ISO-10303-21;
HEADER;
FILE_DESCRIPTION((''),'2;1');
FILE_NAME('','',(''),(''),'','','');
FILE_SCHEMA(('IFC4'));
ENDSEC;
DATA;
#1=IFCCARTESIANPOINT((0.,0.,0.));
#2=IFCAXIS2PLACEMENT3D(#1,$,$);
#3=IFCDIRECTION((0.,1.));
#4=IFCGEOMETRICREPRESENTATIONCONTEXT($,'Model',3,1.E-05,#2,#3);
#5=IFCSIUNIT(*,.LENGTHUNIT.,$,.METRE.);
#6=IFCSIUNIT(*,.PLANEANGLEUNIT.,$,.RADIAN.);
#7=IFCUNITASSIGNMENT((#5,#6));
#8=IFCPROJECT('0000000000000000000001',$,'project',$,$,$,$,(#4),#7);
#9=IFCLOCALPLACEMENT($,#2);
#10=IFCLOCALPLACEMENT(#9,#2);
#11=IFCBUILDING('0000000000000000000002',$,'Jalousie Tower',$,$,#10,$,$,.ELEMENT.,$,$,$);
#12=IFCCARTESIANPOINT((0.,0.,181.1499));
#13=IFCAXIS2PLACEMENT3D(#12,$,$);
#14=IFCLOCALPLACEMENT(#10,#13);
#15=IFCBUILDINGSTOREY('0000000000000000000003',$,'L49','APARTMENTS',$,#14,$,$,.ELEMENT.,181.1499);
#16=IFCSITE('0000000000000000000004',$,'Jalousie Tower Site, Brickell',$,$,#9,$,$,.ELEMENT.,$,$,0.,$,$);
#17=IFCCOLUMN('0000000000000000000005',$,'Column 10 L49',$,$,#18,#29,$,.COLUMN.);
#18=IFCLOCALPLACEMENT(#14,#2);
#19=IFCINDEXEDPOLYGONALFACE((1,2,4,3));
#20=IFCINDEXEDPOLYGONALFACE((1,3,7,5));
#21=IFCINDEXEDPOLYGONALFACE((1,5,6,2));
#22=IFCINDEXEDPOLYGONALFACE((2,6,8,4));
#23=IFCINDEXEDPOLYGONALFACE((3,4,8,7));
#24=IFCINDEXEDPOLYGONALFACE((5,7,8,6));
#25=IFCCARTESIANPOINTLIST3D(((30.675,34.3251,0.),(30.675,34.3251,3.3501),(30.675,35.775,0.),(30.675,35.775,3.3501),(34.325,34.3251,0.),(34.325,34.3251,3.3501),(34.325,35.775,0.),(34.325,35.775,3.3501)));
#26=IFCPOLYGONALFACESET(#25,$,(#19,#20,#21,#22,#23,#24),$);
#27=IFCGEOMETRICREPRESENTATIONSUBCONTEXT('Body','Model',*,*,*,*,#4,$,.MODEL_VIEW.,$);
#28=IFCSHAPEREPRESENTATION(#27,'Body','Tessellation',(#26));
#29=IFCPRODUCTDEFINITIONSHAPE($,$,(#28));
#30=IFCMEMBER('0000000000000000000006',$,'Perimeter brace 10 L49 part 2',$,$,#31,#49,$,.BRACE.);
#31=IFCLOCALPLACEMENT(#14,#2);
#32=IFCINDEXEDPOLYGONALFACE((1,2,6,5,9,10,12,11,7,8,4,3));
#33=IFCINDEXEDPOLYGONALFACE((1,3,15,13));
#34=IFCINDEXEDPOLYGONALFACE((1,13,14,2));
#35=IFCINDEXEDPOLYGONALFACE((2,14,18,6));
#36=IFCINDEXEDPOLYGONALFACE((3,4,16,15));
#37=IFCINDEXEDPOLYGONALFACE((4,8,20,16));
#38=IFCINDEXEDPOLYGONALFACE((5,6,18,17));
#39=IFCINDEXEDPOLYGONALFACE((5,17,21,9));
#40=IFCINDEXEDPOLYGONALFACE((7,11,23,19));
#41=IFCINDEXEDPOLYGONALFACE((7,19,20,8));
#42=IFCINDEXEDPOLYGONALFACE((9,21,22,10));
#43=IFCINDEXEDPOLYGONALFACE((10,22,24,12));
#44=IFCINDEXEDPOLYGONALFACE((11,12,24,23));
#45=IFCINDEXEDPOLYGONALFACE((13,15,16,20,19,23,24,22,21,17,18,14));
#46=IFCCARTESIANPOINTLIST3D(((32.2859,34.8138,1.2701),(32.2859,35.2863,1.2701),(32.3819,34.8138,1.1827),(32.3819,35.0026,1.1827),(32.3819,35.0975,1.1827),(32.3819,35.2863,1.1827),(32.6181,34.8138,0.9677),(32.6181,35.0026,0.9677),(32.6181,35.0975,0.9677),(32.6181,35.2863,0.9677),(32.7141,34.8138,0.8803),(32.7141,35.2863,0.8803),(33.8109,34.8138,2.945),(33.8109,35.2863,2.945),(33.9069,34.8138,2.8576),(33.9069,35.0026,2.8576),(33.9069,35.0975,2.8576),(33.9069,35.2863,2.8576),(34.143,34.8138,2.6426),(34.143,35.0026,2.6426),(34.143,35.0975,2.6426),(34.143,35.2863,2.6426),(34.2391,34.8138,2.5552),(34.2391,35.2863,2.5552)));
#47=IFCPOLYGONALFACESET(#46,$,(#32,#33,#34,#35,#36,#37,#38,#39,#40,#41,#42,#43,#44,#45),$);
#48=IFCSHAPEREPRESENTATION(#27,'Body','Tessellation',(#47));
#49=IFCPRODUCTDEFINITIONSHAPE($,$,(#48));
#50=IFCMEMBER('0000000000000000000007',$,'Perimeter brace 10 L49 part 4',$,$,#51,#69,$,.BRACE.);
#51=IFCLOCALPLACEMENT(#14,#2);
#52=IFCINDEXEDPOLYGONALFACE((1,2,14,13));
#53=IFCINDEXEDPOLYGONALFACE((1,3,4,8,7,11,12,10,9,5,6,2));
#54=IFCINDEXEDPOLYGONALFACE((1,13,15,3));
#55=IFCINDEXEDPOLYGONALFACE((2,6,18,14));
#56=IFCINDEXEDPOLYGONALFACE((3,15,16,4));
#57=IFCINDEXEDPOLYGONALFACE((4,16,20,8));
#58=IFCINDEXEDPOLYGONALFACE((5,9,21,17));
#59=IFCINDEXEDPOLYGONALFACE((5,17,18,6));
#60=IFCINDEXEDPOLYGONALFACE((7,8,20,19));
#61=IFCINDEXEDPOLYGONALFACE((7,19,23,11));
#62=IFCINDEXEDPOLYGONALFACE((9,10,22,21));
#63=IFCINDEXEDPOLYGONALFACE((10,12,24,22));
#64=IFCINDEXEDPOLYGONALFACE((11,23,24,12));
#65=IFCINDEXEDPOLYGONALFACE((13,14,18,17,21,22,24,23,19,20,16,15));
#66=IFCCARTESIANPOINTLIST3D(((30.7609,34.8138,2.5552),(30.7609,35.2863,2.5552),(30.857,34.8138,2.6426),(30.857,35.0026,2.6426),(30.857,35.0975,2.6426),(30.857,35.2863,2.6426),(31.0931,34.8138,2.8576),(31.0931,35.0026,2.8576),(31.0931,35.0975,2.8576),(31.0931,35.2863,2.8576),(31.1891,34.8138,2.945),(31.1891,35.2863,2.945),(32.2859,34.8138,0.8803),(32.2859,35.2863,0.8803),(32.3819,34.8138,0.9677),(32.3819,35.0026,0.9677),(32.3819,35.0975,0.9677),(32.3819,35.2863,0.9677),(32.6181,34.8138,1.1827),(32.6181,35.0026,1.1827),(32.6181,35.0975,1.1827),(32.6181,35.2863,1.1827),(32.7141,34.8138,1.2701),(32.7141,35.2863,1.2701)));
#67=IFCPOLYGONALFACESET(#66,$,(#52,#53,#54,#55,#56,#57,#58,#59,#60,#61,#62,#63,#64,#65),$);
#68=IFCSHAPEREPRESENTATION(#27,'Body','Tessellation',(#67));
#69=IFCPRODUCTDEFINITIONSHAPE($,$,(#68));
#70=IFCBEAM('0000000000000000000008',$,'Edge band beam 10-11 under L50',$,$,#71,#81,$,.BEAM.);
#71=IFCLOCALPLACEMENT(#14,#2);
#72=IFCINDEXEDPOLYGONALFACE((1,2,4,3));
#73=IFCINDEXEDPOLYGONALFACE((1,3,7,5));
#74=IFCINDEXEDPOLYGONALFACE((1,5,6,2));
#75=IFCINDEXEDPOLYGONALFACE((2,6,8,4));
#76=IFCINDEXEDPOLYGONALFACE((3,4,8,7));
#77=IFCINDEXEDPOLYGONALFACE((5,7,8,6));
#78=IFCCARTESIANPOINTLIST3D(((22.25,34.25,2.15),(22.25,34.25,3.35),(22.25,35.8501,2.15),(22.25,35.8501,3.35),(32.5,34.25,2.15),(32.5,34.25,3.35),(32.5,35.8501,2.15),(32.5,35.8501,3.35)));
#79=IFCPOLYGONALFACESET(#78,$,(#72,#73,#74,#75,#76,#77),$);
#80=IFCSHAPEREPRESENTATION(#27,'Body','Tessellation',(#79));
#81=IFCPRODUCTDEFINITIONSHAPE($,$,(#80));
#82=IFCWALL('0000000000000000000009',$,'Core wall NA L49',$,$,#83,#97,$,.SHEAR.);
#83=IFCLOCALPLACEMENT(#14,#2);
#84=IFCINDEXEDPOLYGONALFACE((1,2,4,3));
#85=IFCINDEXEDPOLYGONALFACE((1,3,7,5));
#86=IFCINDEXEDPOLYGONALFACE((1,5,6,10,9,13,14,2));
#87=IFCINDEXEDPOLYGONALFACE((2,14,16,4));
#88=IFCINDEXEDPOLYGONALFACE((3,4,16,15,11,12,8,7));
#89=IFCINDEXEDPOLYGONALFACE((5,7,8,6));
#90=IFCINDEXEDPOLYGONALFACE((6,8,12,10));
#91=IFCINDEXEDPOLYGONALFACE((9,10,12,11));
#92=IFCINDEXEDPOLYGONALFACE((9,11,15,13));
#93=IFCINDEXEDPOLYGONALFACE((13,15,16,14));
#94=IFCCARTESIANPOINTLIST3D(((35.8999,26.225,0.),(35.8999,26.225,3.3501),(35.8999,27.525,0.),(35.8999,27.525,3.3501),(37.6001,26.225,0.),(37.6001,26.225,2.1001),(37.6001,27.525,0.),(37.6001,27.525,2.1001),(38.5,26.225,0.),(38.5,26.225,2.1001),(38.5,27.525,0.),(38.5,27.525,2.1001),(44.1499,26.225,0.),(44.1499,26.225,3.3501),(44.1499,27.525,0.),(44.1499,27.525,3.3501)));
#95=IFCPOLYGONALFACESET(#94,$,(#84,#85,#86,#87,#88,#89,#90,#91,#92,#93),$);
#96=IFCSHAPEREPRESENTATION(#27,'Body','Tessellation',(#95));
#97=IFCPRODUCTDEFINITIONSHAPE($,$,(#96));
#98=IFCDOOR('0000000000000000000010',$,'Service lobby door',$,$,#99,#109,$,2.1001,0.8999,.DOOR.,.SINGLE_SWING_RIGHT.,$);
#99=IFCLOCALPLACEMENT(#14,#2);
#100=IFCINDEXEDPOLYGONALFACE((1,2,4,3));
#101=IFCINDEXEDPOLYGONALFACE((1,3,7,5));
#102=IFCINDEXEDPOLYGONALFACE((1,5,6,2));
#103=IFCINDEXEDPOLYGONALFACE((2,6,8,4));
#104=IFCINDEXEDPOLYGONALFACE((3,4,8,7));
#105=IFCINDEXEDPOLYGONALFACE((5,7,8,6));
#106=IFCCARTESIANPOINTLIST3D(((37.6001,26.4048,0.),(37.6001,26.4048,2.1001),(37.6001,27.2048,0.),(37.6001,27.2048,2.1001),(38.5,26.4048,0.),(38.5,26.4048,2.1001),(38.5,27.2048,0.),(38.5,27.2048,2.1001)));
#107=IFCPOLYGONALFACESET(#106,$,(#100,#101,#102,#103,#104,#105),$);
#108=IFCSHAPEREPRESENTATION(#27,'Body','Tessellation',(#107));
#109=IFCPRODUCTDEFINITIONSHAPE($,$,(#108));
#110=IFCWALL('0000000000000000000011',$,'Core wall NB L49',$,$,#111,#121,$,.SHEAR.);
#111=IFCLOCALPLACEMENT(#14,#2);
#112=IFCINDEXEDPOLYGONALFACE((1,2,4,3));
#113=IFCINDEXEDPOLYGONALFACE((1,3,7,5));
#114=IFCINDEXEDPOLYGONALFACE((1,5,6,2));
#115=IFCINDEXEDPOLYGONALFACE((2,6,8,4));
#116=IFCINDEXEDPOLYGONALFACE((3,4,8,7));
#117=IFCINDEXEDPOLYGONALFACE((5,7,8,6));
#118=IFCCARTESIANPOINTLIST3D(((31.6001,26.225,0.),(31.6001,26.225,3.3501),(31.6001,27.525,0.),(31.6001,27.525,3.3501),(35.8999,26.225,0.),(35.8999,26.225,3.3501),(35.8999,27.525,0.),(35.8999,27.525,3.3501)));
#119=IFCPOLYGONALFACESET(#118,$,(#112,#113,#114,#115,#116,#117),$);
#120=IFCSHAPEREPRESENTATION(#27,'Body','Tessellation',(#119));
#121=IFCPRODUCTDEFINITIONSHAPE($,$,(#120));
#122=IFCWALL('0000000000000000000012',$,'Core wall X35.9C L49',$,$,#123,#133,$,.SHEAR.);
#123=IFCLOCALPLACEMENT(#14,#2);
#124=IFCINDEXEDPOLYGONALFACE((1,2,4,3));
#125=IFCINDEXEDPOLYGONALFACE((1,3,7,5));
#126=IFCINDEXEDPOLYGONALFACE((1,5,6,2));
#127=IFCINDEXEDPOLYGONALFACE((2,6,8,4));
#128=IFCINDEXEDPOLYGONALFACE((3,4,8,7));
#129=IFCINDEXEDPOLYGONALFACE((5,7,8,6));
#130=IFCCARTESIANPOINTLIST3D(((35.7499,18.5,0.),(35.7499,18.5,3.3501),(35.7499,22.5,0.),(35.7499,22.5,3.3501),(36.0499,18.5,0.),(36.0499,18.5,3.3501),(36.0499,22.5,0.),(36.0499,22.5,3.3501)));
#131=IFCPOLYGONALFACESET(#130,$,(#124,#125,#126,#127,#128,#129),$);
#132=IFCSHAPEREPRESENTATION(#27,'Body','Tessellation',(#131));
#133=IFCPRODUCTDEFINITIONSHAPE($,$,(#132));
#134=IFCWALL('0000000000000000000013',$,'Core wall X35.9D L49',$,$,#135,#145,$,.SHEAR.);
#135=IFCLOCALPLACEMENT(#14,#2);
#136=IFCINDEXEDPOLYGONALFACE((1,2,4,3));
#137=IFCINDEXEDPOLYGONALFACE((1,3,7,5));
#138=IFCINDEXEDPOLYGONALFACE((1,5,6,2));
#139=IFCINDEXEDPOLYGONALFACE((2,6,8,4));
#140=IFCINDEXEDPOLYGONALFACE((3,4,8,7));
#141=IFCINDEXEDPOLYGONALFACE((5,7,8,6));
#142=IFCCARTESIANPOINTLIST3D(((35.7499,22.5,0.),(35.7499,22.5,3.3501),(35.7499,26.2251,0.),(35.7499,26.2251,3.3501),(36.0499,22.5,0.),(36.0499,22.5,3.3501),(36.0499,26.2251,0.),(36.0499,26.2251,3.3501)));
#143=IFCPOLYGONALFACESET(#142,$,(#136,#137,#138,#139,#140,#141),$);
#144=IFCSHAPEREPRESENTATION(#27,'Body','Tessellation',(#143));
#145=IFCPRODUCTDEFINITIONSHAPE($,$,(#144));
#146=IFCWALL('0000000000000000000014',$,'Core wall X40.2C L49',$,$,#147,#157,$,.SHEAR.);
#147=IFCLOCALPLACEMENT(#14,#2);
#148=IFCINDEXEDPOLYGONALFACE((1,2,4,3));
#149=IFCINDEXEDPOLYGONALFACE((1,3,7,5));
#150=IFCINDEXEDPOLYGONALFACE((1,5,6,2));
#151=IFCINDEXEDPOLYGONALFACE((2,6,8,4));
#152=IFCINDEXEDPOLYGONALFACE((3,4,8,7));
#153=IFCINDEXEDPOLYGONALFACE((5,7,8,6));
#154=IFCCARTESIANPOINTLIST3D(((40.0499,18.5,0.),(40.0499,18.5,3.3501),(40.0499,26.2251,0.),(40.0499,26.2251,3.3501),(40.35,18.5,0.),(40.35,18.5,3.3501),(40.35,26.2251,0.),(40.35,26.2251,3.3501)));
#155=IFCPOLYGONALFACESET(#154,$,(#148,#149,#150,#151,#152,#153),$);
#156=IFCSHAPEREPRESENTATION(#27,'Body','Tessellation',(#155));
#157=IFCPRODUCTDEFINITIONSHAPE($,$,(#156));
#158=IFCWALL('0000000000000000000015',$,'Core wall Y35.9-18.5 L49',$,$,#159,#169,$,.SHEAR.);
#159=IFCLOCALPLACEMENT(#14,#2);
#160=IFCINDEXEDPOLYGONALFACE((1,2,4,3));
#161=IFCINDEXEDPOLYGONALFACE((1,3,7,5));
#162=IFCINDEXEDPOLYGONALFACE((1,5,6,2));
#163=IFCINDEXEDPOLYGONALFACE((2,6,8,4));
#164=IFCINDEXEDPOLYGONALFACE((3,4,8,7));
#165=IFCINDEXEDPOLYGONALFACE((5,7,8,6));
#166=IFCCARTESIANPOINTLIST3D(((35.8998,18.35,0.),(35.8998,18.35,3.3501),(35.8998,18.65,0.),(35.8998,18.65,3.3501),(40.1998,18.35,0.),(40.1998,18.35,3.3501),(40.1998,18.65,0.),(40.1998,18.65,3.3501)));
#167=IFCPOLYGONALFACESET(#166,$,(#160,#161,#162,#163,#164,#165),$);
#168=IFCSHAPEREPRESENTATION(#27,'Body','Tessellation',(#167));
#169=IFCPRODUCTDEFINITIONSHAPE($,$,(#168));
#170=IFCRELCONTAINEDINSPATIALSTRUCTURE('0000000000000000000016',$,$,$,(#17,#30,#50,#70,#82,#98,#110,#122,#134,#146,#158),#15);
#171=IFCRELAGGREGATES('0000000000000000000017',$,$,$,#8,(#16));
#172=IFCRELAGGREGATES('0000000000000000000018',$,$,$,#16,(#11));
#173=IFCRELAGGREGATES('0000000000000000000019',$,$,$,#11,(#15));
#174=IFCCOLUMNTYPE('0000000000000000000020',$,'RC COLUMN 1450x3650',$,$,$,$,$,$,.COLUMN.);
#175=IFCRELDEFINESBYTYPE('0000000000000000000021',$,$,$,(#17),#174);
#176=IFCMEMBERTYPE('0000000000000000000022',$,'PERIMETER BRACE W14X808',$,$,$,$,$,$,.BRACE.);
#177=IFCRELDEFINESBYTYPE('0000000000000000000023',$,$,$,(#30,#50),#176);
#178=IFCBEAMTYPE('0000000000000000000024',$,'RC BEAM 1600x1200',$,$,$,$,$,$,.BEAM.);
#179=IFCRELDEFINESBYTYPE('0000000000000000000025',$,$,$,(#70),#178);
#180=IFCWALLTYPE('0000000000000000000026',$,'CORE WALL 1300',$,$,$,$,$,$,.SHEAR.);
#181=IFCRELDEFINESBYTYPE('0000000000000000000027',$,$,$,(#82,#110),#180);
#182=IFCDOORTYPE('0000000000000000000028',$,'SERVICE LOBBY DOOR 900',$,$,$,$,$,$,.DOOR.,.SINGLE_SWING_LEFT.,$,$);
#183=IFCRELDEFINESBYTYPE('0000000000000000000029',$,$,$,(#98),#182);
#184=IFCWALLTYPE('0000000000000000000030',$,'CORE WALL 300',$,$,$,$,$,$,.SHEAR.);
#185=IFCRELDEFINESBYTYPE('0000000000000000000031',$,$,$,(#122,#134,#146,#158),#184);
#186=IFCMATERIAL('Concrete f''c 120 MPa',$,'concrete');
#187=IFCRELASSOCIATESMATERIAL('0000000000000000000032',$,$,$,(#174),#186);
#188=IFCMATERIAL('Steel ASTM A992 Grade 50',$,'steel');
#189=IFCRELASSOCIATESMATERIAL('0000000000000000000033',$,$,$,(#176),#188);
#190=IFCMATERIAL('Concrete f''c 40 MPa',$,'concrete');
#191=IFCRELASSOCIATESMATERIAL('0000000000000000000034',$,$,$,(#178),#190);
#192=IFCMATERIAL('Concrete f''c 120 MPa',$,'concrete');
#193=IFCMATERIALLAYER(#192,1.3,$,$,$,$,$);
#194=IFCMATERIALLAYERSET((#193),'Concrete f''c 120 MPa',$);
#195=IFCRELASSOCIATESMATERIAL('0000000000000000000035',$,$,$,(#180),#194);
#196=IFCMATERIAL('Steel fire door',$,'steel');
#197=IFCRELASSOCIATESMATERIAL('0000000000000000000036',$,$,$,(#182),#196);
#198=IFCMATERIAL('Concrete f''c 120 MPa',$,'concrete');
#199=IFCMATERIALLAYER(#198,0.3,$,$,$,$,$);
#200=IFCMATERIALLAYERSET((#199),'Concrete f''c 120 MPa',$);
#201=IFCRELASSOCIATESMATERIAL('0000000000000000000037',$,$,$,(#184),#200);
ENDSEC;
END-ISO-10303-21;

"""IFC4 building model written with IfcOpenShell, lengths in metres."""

from ifc_helpers import new_model, si_unit, direction, frame, frame_2d, origin, origin_2d, place, context, subcontext, project, spatial, rectangle, i_section, extrude, material, layer, layer_set, material_profile, profile_set, type_object, element, fill, save


model = new_model("IFC4")

# Units and contexts
model_context = context("Model", 3, precision=1e-05, world=origin(), true_north=direction((0.0, 1.0)))
body_context = subcontext(model_context, "Body", "Model", "MODEL_VIEW")
ifc_project = project(units=[si_unit("LENGTHUNIT", "METRE"), si_unit("PLANEANGLEUNIT", "RADIAN")], contexts=[model_context])

# Site, building, storey
site_placement = place(None, origin())
site = spatial("IfcSite", under=ifc_project, at=site_placement, Name="Jalousie Tower Site, Brickell", CompositionType="ELEMENT", RefElevation=0.0)
building_placement = place(site_placement, origin())
building = spatial("IfcBuilding", under=site, at=building_placement, Name="Jalousie Tower", CompositionType="ELEMENT")
storey_placement = place(building_placement, frame((0.0, 0.0, 181.1499)))
storey = spatial("IfcBuildingStorey", under=building, at=storey_placement, Name="L49", Description="APARTMENTS", CompositionType="ELEMENT", Elevation=181.1499)

# Column
ifc_material_1 = material(Name="Concrete f'c 120 MPa", Category="concrete")
ifc_material_profile_1 = material_profile(ifc_material_1, rectangle(XDim=1.45, YDim=3.6499, at=origin_2d()), Name="RC 1450x3650")
ifc_profile_set_1 = profile_set([ifc_material_profile_1], Name="Concrete f'c 120 MPa")
column_type = type_object("IfcColumnType", Name="RC COLUMN 1450x3650", PredefinedType="COLUMN", material=ifc_profile_set_1)
column_placement = place(storey_placement, frame((32.5, 35.05, 0.0), z_axis=(0.0, 0.0, 1.0), x_axis=(0.0, 1.0, 0.0)))
element("IfcColumn", 1, at=column_placement, inside=storey, type_object=column_type, Name="Column 10 L49", PredefinedType="COLUMN", context=body_context, shape_type="SweptSolid", body=[
    extrude(rectangle(XDim=1.45, YDim=3.6499, at=origin_2d()), origin(), (0.0, 0.0, 1.0), 3.3501),
])

# Members
ifc_material_2 = material(Name="Steel ASTM A992 Grade 50", Category="steel")
ifc_material_profile_2 = material_profile(ifc_material_2, i_section(OverallWidth=0.4724, OverallDepth=0.5791, WebThickness=0.095, FlangeThickness=0.1299, at=origin_2d()), Name="W14X808")
ifc_profile_set_2 = profile_set([ifc_material_profile_2], Name="Steel ASTM A992 Grade 50")
member_type = type_object("IfcMemberType", Name="PERIMETER BRACE W14X808", PredefinedType="BRACE", material=ifc_profile_set_2)
for number, where, z_axis, x_axis, name in (
    (2, (32.5, 35.05, 1.0752), (0.673241, 0.0, 0.739423), (0.0, 1.0, 0.0), "Perimeter brace 10 L49 part 2"),
    (3, (32.5, 35.05, 1.0752), (-0.673241, 0.0, 0.739423), (0.0, -1.0, 0.0), "Perimeter brace 10 L49 part 4"),
):
    element("IfcMember", number, at=place(storey_placement, frame(where, z_axis=z_axis, x_axis=x_axis)), inside=storey, type_object=member_type, Name=name, PredefinedType="BRACE", context=body_context, shape_type="SweptSolid", body=[
        extrude(i_section(OverallWidth=0.4724, OverallDepth=0.5791, WebThickness=0.095, FlangeThickness=0.1299, at=origin_2d()), origin(), (0.0, 0.0, 1.0), 2.2651),
    ])

# Beam
ifc_material_3 = material(Name="Concrete f'c 40 MPa", Category="concrete")
ifc_material_profile_3 = material_profile(ifc_material_3, rectangle(XDim=1.6001, YDim=1.2, at=origin_2d()), Name="RC 1600x1200")
ifc_profile_set_3 = profile_set([ifc_material_profile_3], Name="Concrete f'c 40 MPa")
beam_type = type_object("IfcBeamType", Name="RC BEAM 1600x1200", PredefinedType="BEAM", material=ifc_profile_set_3)
beam_placement = place(storey_placement, frame((32.5, 35.05, 2.75), z_axis=(-1.0, 0.0, 0.0), x_axis=(0.0, -1.0, 0.0)))
element("IfcBeam", 4, at=beam_placement, inside=storey, type_object=beam_type, Name="Edge band beam 10-11 under L50", PredefinedType="BEAM", context=body_context, shape_type="SweptSolid", body=[
    extrude(rectangle(XDim=1.6001, YDim=1.2, at=origin_2d()), origin(), (0.0, 0.0, 1.0), 10.25),
])

# Wall, opening, door
ifc_material_4 = material(Name="Concrete f'c 120 MPa", Category="concrete")
ifc_layer_1 = layer(ifc_material_4, 1.3)
ifc_layer_set_1 = layer_set([ifc_layer_1], Name="Concrete f'c 120 MPa")
wall_type_1 = type_object("IfcWallType", Name="CORE WALL 1300", PredefinedType="SHEAR", material=ifc_layer_set_1)
wall_1_placement = place(storey_placement, frame((44.1499, 26.875, 0.0), z_axis=(0.0, 0.0, 1.0), x_axis=(-1.0, 0.0, 0.0)))
wall_1 = element("IfcWall", 5, at=wall_1_placement, inside=storey, type_object=wall_type_1, Name="Core wall NA L49", PredefinedType="SHEAR", context=body_context, shape_type="SweptSolid", body=[
    extrude(rectangle(XDim=8.25, YDim=1.3, at=frame_2d((4.125, 0.0))), origin(), (0.0, 0.0, 1.0), 3.3501),
])
opening_1_placement = place(wall_1_placement, frame((5.6499, 0.0, 0.0)))
opening_1 = element("IfcOpeningElement", 6, at=opening_1_placement, cuts=wall_1, PredefinedType="OPENING", context=body_context, shape_type="SweptSolid", body=[
    extrude(rectangle(XDim=0.8999, YDim=2.1001, at=frame_2d((0.45, 1.05))), frame((0.0, 0.6599, 0.0), z_axis=(0.0, -1.0, 0.0), x_axis=(1.0, 0.0, 0.0)), (0.0, 0.0, 1.0), 1.3201),
])
ifc_material_5 = material(Name="Steel fire door", Category="steel")
door_type_1 = type_object("IfcDoorType", Name="SERVICE LOBBY DOOR 900", OperationType="SINGLE_SWING_LEFT", PredefinedType="DOOR", material=ifc_material_5)
door_1_placement = place(opening_1_placement, origin())
door_1 = element("IfcDoor", 7, at=door_1_placement, inside=storey, type_object=door_type_1, Name="Service lobby door", OperationType="SINGLE_SWING_RIGHT", OverallHeight=2.1001, OverallWidth=0.8999, PredefinedType="DOOR", context=body_context, shape_type="SweptSolid", body=[
    extrude(rectangle(XDim=0.8999, YDim=2.1001, at=frame_2d((0.45, 1.05))), frame((0.0, 0.4702, 0.0), z_axis=(0.0, -1.0, 0.0), x_axis=(1.0, 0.0, 0.0)), (0.0, 0.0, 1.0), 0.8),
])
fill(opening_1, door_1)

# Walls
wall_2_placement = place(storey_placement, frame((35.8999, 26.875, 0.0), z_axis=(0.0, 0.0, 1.0), x_axis=(-1.0, 0.0, 0.0)))
element("IfcWall", 8, at=wall_2_placement, inside=storey, type_object=wall_type_1, Name="Core wall NB L49", PredefinedType="SHEAR", context=body_context, shape_type="SweptSolid", body=[
    extrude(rectangle(XDim=4.2998, YDim=1.3, at=frame_2d((2.1499, 0.0))), origin(), (0.0, 0.0, 1.0), 3.3501),
])
ifc_material_6 = material(Name="Concrete f'c 120 MPa", Category="concrete")
ifc_layer_2 = layer(ifc_material_6, 0.3)
ifc_layer_set_2 = layer_set([ifc_layer_2], Name="Concrete f'c 120 MPa")
wall_type_2 = type_object("IfcWallType", Name="CORE WALL 300", PredefinedType="SHEAR", material=ifc_layer_set_2)
wall_3_placement = place(storey_placement, frame((35.8999, 18.5, 0.0), z_axis=(0.0, 0.0, 1.0), x_axis=(0.0, 1.0, 0.0)))
element("IfcWall", 9, at=wall_3_placement, inside=storey, type_object=wall_type_2, Name="Core wall X35.9C L49", PredefinedType="SHEAR", context=body_context, shape_type="SweptSolid", body=[
    extrude(rectangle(XDim=4.0, YDim=0.3, at=frame_2d((2.0, 0.0))), origin(), (0.0, 0.0, 1.0), 3.3501),
])
wall_4_placement = place(storey_placement, frame((35.8999, 22.5, 0.0), z_axis=(0.0, 0.0, 1.0), x_axis=(0.0, 1.0, 0.0)))
element("IfcWall", 10, at=wall_4_placement, inside=storey, type_object=wall_type_2, Name="Core wall X35.9D L49", PredefinedType="SHEAR", context=body_context, shape_type="SweptSolid", body=[
    extrude(rectangle(XDim=3.7251, YDim=0.3, at=frame_2d((1.8625, 0.0))), origin(), (0.0, 0.0, 1.0), 3.3501),
])
wall_5_placement = place(storey_placement, frame((40.2, 18.5, 0.0), z_axis=(0.0, 0.0, 1.0), x_axis=(0.0, 1.0, 0.0)))
element("IfcWall", 11, at=wall_5_placement, inside=storey, type_object=wall_type_2, Name="Core wall X40.2C L49", PredefinedType="SHEAR", context=body_context, shape_type="SweptSolid", body=[
    extrude(rectangle(XDim=7.7251, YDim=0.3, at=frame_2d((3.8625, 0.0))), origin(), (0.0, 0.0, 1.0), 3.3501),
])
wall_6_placement = place(storey_placement, frame((35.8999, 18.5, 0.0), z_axis=(0.0, 0.0, 1.0), x_axis=(1.0, 0.0, 0.0)))
element("IfcWall", 12, at=wall_6_placement, inside=storey, type_object=wall_type_2, Name="Core wall Y35.9-18.5 L49", PredefinedType="SHEAR", context=body_context, shape_type="SweptSolid", body=[
    extrude(rectangle(XDim=4.3, YDim=0.3, at=frame_2d((2.1499, 0.0))), origin(), (0.0, 0.0, 1.0), 3.3501),
])

save(model, "model.ifc")
